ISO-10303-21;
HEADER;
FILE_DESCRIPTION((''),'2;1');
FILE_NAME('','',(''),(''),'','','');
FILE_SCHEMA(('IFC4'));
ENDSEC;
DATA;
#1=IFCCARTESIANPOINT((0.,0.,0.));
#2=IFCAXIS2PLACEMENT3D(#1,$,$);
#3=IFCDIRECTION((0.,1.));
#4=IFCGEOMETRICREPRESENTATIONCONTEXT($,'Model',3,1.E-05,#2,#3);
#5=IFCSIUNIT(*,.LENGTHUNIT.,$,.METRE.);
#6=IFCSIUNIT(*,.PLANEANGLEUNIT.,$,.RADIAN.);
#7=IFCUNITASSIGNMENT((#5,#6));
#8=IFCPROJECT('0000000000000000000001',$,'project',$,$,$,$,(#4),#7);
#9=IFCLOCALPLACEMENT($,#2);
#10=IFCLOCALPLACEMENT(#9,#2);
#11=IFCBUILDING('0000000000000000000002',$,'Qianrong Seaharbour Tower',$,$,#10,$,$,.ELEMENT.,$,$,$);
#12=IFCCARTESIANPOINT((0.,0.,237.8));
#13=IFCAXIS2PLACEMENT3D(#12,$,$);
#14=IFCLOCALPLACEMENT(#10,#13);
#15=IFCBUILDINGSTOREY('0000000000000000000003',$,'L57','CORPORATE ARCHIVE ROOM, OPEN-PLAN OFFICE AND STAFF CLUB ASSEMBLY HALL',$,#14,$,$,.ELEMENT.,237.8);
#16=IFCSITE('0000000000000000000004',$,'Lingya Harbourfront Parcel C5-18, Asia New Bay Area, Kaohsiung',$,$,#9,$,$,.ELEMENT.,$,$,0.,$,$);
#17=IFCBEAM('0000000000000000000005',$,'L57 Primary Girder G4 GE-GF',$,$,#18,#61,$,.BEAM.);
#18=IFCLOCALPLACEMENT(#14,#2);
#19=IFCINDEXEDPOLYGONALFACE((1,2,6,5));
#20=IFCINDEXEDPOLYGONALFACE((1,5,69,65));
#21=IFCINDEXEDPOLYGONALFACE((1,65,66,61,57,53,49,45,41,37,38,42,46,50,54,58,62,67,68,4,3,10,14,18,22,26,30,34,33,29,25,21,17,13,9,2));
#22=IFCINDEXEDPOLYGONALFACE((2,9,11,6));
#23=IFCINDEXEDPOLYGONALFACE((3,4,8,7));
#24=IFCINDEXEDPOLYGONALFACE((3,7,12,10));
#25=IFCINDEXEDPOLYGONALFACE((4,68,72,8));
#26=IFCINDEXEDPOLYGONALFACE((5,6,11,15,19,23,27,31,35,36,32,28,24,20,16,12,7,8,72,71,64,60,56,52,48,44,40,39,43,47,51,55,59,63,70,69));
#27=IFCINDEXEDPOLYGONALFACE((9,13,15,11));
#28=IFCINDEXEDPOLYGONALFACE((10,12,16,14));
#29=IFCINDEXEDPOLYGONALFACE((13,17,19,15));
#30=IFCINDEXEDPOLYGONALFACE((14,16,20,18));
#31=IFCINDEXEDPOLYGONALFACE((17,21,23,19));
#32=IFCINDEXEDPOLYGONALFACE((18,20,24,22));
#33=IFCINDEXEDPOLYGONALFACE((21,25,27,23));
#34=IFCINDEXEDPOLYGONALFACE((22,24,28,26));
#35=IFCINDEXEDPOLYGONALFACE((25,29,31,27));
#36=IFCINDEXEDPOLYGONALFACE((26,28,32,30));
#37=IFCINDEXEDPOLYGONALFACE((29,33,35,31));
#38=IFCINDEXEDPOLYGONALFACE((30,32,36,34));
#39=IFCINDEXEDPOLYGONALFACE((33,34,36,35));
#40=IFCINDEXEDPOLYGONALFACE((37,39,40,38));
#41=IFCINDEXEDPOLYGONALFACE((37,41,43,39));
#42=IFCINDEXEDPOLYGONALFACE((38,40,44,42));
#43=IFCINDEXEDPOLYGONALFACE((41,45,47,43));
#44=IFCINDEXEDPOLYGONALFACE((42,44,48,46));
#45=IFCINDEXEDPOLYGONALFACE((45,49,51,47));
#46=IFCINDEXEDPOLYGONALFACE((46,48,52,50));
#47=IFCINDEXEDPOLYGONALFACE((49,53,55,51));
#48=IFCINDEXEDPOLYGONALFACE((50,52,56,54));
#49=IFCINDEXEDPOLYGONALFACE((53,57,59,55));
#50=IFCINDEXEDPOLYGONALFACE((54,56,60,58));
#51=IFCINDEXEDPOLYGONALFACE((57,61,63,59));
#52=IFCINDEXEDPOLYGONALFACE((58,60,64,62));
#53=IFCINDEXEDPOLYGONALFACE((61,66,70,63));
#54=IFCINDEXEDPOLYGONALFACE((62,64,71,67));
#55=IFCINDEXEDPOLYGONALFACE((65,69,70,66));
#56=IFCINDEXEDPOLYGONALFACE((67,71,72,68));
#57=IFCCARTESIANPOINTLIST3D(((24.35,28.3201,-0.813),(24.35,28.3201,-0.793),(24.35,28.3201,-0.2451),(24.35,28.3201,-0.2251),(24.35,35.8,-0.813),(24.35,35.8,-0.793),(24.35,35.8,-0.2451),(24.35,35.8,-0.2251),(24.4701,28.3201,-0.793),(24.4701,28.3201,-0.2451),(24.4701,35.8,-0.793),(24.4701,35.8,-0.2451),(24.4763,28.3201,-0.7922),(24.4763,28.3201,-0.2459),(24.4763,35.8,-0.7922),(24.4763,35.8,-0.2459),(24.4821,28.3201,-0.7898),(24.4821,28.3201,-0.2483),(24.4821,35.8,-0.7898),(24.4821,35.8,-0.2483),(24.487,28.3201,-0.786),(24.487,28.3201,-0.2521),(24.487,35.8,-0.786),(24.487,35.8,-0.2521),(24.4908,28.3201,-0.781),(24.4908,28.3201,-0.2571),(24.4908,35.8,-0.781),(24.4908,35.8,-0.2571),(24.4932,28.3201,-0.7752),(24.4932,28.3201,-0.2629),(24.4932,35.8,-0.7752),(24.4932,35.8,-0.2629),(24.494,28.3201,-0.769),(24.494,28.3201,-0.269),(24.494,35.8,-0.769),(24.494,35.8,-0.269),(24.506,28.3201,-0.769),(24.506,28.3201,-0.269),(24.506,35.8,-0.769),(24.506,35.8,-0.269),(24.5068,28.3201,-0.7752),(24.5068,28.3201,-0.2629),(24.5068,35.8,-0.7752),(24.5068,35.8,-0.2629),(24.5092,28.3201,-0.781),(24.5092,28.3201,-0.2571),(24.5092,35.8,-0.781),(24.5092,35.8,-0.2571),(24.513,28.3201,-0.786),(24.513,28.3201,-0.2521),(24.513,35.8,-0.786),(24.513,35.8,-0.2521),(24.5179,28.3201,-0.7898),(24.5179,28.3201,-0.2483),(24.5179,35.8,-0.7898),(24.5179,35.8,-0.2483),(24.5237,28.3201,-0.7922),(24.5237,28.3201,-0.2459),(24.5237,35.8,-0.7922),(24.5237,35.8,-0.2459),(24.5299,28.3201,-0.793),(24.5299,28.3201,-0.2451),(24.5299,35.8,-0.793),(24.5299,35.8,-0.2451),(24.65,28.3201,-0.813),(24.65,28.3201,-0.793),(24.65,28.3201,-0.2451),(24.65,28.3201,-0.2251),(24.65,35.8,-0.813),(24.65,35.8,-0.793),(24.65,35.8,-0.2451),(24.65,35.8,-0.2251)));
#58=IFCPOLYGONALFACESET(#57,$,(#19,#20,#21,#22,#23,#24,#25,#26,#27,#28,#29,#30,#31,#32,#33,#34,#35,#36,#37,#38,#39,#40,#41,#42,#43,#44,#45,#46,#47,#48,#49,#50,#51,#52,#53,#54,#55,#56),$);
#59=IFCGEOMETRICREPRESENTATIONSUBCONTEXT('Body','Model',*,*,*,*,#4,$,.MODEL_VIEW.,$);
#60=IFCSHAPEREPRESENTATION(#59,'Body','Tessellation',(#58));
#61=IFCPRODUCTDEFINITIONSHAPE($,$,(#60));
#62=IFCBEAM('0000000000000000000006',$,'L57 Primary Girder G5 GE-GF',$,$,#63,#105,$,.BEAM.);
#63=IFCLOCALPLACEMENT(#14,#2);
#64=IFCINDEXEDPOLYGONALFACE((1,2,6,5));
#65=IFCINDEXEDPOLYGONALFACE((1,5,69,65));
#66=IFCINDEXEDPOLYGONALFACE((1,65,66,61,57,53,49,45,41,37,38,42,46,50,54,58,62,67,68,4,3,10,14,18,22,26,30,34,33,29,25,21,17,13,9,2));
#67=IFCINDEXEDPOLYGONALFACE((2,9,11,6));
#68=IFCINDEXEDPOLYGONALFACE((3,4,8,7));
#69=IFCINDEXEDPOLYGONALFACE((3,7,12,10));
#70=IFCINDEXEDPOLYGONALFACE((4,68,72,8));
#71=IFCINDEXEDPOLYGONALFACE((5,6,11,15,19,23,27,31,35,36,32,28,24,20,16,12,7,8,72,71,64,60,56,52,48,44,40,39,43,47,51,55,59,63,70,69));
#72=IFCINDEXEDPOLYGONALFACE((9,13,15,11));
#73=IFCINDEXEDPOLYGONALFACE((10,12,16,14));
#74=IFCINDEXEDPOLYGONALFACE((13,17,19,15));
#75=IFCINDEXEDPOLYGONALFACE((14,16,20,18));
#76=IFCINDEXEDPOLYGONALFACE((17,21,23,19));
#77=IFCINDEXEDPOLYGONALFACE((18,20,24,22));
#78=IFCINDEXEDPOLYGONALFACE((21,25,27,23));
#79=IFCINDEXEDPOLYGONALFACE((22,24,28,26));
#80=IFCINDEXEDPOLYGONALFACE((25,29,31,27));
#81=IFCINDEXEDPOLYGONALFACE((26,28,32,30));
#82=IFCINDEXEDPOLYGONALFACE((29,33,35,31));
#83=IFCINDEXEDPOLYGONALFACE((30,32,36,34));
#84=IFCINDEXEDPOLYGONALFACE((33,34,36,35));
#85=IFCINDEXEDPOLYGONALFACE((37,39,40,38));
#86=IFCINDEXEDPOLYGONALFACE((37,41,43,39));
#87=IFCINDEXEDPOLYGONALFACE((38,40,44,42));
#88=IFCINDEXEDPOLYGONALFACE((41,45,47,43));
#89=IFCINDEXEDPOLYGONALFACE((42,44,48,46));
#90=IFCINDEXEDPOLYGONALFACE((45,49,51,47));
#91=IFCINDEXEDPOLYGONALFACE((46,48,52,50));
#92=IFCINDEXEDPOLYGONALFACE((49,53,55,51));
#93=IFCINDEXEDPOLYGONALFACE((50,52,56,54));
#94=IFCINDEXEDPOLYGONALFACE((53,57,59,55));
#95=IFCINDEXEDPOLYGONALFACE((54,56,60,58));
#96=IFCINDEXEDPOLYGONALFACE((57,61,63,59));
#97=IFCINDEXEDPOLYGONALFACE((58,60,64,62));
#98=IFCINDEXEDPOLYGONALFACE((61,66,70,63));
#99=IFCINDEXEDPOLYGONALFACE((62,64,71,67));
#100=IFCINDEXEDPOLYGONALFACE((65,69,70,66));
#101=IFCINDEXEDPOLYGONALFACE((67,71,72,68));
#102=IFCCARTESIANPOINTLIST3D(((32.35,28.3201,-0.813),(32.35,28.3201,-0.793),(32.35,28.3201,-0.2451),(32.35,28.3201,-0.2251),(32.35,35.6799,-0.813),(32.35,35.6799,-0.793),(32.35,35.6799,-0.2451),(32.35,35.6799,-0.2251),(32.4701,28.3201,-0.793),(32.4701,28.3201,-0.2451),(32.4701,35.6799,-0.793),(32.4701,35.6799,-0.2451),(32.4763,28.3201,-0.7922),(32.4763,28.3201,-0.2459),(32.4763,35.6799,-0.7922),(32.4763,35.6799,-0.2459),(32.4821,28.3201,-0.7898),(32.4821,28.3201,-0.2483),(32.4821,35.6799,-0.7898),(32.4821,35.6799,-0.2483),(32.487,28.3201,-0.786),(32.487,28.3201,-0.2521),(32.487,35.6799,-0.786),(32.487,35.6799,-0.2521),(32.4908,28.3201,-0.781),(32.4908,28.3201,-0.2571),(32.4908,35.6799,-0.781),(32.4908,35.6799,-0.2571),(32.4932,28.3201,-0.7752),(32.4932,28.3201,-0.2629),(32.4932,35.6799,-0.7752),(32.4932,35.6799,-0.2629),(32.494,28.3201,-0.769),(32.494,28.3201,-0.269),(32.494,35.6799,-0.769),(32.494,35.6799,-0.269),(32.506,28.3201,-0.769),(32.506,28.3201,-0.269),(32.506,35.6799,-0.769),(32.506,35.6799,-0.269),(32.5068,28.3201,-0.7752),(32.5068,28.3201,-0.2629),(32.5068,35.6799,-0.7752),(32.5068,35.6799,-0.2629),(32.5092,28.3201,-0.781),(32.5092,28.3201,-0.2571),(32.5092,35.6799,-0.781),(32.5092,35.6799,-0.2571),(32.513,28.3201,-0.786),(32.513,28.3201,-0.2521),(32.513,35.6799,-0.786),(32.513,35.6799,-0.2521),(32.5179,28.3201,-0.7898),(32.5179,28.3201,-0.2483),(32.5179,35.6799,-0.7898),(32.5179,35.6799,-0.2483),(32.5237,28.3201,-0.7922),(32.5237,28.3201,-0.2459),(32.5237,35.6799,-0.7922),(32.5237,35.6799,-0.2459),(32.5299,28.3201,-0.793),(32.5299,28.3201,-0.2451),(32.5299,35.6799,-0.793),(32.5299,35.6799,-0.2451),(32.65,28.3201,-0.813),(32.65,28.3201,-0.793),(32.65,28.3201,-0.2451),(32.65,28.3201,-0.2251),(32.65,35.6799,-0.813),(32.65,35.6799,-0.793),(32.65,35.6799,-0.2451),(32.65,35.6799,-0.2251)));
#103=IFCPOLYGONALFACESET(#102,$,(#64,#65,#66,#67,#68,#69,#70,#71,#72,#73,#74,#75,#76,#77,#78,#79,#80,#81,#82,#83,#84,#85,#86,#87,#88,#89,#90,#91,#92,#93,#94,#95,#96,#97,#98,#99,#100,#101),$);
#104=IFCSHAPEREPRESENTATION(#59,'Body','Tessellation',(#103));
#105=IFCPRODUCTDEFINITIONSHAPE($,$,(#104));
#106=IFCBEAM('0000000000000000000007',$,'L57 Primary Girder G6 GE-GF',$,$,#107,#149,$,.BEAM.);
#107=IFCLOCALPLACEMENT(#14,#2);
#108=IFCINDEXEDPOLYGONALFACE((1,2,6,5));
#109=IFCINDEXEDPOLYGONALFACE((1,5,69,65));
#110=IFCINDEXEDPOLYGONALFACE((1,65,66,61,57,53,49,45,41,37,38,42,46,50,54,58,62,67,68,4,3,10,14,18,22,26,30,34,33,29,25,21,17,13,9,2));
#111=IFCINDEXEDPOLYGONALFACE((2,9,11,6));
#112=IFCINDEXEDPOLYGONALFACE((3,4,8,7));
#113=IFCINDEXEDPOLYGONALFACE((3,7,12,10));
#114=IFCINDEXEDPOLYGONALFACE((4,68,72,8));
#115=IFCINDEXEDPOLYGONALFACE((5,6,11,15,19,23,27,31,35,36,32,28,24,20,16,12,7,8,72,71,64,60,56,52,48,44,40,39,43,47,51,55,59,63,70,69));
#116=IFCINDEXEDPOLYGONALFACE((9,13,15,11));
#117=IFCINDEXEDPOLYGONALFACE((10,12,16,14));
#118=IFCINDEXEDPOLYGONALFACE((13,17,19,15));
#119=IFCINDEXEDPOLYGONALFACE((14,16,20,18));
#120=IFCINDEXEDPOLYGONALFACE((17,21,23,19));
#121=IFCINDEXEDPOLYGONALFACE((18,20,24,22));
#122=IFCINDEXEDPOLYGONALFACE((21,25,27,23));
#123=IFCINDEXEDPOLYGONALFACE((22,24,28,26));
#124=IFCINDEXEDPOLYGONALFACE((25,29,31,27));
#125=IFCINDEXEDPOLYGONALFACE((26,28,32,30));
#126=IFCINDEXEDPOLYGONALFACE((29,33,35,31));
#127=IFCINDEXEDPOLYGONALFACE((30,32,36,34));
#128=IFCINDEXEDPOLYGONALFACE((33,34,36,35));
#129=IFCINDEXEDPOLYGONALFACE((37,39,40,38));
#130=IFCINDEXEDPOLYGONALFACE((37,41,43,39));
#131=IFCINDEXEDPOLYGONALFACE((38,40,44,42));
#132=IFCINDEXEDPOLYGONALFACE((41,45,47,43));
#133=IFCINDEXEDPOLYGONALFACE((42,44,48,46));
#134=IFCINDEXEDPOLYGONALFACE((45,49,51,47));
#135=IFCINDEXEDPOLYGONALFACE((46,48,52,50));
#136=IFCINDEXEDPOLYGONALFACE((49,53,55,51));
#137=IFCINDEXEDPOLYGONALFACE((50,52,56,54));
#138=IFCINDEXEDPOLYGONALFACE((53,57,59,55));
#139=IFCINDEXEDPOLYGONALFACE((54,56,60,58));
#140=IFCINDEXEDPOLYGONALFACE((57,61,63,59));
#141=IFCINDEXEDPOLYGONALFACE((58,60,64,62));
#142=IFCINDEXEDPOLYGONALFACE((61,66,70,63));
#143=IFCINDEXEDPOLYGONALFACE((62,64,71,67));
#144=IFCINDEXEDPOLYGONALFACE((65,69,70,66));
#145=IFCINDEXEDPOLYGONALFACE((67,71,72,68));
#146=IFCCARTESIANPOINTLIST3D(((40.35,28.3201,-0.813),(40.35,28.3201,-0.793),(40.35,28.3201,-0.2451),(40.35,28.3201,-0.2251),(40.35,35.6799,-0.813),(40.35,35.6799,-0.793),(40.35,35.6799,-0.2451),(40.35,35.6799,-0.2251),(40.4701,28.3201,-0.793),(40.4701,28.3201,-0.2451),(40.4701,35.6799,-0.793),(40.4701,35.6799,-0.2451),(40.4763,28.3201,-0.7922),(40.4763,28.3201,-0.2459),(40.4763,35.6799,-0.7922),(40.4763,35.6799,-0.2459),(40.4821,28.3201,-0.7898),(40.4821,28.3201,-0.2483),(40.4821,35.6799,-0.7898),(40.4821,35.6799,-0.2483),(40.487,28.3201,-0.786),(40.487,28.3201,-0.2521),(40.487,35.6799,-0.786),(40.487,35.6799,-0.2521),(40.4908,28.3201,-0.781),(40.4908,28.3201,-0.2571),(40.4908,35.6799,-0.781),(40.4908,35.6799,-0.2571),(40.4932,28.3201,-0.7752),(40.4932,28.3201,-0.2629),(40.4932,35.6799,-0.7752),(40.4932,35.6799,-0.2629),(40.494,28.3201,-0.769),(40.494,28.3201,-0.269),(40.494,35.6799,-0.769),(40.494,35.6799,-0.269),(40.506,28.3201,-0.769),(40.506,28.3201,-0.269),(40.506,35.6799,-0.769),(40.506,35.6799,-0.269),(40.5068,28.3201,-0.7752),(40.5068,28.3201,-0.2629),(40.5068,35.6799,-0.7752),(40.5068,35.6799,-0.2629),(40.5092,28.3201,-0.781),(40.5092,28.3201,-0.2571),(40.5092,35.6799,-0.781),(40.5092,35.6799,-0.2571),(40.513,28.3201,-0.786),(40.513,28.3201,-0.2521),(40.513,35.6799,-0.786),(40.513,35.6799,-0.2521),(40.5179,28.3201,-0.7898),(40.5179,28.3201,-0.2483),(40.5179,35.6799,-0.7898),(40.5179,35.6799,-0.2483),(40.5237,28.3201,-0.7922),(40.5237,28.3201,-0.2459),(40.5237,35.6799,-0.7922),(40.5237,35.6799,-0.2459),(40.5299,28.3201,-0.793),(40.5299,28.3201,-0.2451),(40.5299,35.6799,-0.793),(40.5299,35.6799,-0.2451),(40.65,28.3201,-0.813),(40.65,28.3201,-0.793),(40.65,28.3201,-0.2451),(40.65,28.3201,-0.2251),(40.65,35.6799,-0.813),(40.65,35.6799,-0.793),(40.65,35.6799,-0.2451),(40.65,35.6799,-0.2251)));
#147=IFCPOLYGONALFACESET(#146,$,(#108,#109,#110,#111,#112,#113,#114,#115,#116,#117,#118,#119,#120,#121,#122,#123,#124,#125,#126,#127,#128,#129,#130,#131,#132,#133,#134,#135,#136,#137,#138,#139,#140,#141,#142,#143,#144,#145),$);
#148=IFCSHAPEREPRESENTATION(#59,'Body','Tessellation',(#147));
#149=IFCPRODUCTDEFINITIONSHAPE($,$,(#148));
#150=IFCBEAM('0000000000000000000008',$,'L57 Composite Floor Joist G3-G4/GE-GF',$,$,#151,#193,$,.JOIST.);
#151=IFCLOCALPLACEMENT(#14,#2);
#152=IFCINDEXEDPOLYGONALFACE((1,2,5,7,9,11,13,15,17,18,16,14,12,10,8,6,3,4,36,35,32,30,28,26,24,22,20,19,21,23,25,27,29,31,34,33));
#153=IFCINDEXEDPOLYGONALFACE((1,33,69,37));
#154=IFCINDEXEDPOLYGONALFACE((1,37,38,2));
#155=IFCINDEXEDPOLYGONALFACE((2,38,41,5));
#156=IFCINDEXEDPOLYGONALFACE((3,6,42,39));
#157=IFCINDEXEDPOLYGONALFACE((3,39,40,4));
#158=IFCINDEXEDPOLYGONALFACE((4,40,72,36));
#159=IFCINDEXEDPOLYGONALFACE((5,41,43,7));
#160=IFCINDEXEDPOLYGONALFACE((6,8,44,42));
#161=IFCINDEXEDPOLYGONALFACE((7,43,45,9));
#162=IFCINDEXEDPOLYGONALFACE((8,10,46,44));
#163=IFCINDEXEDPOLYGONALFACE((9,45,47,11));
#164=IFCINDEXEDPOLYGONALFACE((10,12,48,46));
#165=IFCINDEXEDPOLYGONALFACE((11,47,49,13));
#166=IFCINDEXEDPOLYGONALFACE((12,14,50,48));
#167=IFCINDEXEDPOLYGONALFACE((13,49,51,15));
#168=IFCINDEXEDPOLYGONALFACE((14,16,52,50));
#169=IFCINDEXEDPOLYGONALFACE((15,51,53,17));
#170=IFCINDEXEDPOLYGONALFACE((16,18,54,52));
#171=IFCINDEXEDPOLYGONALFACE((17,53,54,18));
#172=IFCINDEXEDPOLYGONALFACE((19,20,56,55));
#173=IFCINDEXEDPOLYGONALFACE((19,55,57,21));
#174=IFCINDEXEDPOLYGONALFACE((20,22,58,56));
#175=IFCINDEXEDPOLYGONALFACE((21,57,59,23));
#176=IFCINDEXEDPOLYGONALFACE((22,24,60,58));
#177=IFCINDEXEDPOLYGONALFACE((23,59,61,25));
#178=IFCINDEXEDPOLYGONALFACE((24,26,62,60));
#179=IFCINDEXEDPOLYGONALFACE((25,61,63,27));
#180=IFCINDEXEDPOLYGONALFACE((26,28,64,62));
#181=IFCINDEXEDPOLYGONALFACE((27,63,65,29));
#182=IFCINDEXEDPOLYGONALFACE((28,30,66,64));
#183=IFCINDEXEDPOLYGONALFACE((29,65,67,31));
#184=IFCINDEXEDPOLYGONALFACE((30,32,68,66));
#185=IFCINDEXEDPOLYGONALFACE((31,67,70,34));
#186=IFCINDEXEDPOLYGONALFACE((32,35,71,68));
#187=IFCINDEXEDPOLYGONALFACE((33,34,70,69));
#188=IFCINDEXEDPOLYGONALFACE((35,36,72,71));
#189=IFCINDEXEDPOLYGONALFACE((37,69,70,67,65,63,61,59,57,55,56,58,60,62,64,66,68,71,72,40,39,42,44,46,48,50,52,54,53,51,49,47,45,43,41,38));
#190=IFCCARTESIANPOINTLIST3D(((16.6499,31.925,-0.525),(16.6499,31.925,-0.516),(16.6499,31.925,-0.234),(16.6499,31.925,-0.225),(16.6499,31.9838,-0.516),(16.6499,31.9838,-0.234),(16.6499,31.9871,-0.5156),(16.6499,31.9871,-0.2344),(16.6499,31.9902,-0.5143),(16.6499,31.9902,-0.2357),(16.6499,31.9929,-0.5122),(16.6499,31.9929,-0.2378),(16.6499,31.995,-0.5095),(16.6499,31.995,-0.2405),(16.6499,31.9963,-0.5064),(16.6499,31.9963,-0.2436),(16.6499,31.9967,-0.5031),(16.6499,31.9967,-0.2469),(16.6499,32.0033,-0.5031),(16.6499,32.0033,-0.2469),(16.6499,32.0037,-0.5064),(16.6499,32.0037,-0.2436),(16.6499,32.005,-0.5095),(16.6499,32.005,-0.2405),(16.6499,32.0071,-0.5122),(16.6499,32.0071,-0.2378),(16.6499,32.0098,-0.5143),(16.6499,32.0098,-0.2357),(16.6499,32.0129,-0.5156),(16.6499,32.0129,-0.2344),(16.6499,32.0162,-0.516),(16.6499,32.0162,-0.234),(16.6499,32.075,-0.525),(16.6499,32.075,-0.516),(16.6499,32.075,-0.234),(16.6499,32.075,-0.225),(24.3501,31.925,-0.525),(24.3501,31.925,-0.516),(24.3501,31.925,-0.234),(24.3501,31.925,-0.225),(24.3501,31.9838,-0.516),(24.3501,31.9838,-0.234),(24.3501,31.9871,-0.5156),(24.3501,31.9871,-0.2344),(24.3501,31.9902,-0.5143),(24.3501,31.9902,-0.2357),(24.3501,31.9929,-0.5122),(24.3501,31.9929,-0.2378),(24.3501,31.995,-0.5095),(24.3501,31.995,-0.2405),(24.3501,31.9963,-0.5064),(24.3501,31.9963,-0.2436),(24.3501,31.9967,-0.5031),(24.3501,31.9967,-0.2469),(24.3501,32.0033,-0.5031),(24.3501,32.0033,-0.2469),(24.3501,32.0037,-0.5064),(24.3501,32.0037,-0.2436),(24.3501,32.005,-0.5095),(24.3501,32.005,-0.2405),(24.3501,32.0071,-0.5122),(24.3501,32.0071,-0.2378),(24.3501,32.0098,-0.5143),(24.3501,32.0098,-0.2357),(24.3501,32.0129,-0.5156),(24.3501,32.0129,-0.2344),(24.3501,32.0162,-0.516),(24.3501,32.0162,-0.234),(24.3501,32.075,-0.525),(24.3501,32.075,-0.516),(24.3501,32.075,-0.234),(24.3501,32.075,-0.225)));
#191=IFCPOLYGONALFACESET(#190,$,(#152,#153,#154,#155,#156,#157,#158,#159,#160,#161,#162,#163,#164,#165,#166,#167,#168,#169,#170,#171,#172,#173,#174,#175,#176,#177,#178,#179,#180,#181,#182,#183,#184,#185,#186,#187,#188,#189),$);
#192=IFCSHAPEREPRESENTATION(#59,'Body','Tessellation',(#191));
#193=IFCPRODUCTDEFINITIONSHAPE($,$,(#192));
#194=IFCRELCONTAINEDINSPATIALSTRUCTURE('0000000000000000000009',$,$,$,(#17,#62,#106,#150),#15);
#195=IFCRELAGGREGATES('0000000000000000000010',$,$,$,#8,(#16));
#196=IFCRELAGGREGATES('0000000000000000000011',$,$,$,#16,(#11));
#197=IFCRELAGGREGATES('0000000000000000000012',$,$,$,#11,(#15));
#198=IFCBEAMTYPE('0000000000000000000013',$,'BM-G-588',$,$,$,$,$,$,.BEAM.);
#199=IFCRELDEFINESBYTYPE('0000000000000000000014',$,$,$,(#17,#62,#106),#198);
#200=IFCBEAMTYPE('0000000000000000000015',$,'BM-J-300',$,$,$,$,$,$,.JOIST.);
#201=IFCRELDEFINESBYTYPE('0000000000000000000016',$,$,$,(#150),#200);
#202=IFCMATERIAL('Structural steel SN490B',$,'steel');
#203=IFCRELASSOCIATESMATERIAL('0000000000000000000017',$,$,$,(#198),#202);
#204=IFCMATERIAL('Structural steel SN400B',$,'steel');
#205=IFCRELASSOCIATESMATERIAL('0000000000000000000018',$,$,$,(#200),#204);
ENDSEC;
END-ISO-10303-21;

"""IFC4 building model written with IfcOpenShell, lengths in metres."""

from ifc_helpers import new_model, si_unit, direction, frame, origin, origin_2d, place, context, subcontext, project, spatial, i_section, extrude, material, material_profile, profile_set, type_object, element, save


model = new_model("IFC4")

# Units and contexts
model_context = context("Model", 3, precision=1e-05, world=origin(), true_north=direction((0.0, 1.0)))
body_context = subcontext(model_context, "Body", "Model", "MODEL_VIEW")
ifc_project = project(units=[si_unit("LENGTHUNIT", "METRE"), si_unit("PLANEANGLEUNIT", "RADIAN")], contexts=[model_context])

# Site, building, storey
site_placement = place(None, origin())
site = spatial("IfcSite", under=ifc_project, at=site_placement, Name="Lingya Harbourfront Parcel C5-18, Asia New Bay Area, Kaohsiung", CompositionType="ELEMENT", RefElevation=0.0)
building_placement = place(site_placement, origin())
building = spatial("IfcBuilding", under=site, at=building_placement, Name="Qianrong Seaharbour Tower", CompositionType="ELEMENT")
storey_placement = place(building_placement, frame((0.0, 0.0, 237.8)))
storey = spatial("IfcBuildingStorey", under=building, at=storey_placement, Name="L57", Description="CORPORATE ARCHIVE ROOM, OPEN-PLAN OFFICE AND STAFF CLUB ASSEMBLY HALL", CompositionType="ELEMENT", Elevation=237.8)

# Shared definitions
ifc_material_1 = material(Name="Structural steel SN490B", Category="steel")

# Beams
ifc_material_profile_1 = material_profile(ifc_material_1, i_section(OverallWidth=0.3, OverallDepth=0.5879, WebThickness=0.012, FlangeThickness=0.02, FilletRadius=0.0239, at=origin_2d()), Name="H588x300x12x20")
ifc_profile_set_1 = profile_set([ifc_material_profile_1], Name="Structural steel SN490B")
beam_type_1 = type_object("IfcBeamType", Name="BM-G-588", PredefinedType="BEAM", material=ifc_profile_set_1)
for number, where, z_axis, x_axis, name in (
    (1, (24.5, 28.3201, -0.519), (0.0, 1.0, 0.0), (-1.0, 0.0, 0.0), "L57 Primary Girder G4 GE-GF"),
):
    element("IfcBeam", number, at=place(storey_placement, frame(where, z_axis=z_axis, x_axis=x_axis)), inside=storey, type_object=beam_type_1, Name=name, PredefinedType="BEAM", context=body_context, shape_type="SweptSolid", body=[
        extrude(i_section(OverallWidth=0.3, OverallDepth=0.5879, WebThickness=0.012, FlangeThickness=0.02, FilletRadius=0.0239, at=origin_2d()), origin(), (0.0, 0.0, 1.0), 7.48),
    ])
for number, where, z_axis, x_axis, name in (
    (2, (32.5, 28.3201, -0.519), (0.0, 1.0, 0.0), (-1.0, 0.0, 0.0), "L57 Primary Girder G5 GE-GF"),
    (3, (40.5, 28.3201, -0.519), (0.0, 1.0, 0.0), (-1.0, 0.0, 0.0), "L57 Primary Girder G6 GE-GF"),
):
    element("IfcBeam", number, at=place(storey_placement, frame(where, z_axis=z_axis, x_axis=x_axis)), inside=storey, type_object=beam_type_1, Name=name, PredefinedType="BEAM", context=body_context, shape_type="SweptSolid", body=[
        extrude(i_section(OverallWidth=0.3, OverallDepth=0.5879, WebThickness=0.012, FlangeThickness=0.02, FilletRadius=0.0239, at=origin_2d()), origin(), (0.0, 0.0, 1.0), 7.3599),
    ])
ifc_material_2 = material(Name="Structural steel SN400B", Category="steel")
ifc_material_profile_2 = material_profile(ifc_material_2, i_section(OverallWidth=0.1499, OverallDepth=0.3, WebThickness=0.0066, FlangeThickness=0.009, FilletRadius=0.0129, at=origin_2d()), Name="H300x150x6.5x9")
ifc_profile_set_2 = profile_set([ifc_material_profile_2], Name="Structural steel SN400B")
beam_type_2 = type_object("IfcBeamType", Name="BM-J-300", PredefinedType="JOIST", material=ifc_profile_set_2)
for number, where, z_axis, x_axis, name in (
    (4, (16.6499, 32.0, -0.375), (1.0, 0.0, 0.0), (0.0, 1.0, 0.0), "L57 Composite Floor Joist G3-G4/GE-GF"),
):
    element("IfcBeam", number, at=place(storey_placement, frame(where, z_axis=z_axis, x_axis=x_axis)), inside=storey, type_object=beam_type_2, Name=name, PredefinedType="JOIST", context=body_context, shape_type="SweptSolid", body=[
        extrude(i_section(OverallWidth=0.1499, OverallDepth=0.3, WebThickness=0.0066, FlangeThickness=0.009, FilletRadius=0.0129, at=origin_2d()), origin(), (0.0, 0.0, 1.0), 7.7002),
    ])

save(model, "model.ifc")
